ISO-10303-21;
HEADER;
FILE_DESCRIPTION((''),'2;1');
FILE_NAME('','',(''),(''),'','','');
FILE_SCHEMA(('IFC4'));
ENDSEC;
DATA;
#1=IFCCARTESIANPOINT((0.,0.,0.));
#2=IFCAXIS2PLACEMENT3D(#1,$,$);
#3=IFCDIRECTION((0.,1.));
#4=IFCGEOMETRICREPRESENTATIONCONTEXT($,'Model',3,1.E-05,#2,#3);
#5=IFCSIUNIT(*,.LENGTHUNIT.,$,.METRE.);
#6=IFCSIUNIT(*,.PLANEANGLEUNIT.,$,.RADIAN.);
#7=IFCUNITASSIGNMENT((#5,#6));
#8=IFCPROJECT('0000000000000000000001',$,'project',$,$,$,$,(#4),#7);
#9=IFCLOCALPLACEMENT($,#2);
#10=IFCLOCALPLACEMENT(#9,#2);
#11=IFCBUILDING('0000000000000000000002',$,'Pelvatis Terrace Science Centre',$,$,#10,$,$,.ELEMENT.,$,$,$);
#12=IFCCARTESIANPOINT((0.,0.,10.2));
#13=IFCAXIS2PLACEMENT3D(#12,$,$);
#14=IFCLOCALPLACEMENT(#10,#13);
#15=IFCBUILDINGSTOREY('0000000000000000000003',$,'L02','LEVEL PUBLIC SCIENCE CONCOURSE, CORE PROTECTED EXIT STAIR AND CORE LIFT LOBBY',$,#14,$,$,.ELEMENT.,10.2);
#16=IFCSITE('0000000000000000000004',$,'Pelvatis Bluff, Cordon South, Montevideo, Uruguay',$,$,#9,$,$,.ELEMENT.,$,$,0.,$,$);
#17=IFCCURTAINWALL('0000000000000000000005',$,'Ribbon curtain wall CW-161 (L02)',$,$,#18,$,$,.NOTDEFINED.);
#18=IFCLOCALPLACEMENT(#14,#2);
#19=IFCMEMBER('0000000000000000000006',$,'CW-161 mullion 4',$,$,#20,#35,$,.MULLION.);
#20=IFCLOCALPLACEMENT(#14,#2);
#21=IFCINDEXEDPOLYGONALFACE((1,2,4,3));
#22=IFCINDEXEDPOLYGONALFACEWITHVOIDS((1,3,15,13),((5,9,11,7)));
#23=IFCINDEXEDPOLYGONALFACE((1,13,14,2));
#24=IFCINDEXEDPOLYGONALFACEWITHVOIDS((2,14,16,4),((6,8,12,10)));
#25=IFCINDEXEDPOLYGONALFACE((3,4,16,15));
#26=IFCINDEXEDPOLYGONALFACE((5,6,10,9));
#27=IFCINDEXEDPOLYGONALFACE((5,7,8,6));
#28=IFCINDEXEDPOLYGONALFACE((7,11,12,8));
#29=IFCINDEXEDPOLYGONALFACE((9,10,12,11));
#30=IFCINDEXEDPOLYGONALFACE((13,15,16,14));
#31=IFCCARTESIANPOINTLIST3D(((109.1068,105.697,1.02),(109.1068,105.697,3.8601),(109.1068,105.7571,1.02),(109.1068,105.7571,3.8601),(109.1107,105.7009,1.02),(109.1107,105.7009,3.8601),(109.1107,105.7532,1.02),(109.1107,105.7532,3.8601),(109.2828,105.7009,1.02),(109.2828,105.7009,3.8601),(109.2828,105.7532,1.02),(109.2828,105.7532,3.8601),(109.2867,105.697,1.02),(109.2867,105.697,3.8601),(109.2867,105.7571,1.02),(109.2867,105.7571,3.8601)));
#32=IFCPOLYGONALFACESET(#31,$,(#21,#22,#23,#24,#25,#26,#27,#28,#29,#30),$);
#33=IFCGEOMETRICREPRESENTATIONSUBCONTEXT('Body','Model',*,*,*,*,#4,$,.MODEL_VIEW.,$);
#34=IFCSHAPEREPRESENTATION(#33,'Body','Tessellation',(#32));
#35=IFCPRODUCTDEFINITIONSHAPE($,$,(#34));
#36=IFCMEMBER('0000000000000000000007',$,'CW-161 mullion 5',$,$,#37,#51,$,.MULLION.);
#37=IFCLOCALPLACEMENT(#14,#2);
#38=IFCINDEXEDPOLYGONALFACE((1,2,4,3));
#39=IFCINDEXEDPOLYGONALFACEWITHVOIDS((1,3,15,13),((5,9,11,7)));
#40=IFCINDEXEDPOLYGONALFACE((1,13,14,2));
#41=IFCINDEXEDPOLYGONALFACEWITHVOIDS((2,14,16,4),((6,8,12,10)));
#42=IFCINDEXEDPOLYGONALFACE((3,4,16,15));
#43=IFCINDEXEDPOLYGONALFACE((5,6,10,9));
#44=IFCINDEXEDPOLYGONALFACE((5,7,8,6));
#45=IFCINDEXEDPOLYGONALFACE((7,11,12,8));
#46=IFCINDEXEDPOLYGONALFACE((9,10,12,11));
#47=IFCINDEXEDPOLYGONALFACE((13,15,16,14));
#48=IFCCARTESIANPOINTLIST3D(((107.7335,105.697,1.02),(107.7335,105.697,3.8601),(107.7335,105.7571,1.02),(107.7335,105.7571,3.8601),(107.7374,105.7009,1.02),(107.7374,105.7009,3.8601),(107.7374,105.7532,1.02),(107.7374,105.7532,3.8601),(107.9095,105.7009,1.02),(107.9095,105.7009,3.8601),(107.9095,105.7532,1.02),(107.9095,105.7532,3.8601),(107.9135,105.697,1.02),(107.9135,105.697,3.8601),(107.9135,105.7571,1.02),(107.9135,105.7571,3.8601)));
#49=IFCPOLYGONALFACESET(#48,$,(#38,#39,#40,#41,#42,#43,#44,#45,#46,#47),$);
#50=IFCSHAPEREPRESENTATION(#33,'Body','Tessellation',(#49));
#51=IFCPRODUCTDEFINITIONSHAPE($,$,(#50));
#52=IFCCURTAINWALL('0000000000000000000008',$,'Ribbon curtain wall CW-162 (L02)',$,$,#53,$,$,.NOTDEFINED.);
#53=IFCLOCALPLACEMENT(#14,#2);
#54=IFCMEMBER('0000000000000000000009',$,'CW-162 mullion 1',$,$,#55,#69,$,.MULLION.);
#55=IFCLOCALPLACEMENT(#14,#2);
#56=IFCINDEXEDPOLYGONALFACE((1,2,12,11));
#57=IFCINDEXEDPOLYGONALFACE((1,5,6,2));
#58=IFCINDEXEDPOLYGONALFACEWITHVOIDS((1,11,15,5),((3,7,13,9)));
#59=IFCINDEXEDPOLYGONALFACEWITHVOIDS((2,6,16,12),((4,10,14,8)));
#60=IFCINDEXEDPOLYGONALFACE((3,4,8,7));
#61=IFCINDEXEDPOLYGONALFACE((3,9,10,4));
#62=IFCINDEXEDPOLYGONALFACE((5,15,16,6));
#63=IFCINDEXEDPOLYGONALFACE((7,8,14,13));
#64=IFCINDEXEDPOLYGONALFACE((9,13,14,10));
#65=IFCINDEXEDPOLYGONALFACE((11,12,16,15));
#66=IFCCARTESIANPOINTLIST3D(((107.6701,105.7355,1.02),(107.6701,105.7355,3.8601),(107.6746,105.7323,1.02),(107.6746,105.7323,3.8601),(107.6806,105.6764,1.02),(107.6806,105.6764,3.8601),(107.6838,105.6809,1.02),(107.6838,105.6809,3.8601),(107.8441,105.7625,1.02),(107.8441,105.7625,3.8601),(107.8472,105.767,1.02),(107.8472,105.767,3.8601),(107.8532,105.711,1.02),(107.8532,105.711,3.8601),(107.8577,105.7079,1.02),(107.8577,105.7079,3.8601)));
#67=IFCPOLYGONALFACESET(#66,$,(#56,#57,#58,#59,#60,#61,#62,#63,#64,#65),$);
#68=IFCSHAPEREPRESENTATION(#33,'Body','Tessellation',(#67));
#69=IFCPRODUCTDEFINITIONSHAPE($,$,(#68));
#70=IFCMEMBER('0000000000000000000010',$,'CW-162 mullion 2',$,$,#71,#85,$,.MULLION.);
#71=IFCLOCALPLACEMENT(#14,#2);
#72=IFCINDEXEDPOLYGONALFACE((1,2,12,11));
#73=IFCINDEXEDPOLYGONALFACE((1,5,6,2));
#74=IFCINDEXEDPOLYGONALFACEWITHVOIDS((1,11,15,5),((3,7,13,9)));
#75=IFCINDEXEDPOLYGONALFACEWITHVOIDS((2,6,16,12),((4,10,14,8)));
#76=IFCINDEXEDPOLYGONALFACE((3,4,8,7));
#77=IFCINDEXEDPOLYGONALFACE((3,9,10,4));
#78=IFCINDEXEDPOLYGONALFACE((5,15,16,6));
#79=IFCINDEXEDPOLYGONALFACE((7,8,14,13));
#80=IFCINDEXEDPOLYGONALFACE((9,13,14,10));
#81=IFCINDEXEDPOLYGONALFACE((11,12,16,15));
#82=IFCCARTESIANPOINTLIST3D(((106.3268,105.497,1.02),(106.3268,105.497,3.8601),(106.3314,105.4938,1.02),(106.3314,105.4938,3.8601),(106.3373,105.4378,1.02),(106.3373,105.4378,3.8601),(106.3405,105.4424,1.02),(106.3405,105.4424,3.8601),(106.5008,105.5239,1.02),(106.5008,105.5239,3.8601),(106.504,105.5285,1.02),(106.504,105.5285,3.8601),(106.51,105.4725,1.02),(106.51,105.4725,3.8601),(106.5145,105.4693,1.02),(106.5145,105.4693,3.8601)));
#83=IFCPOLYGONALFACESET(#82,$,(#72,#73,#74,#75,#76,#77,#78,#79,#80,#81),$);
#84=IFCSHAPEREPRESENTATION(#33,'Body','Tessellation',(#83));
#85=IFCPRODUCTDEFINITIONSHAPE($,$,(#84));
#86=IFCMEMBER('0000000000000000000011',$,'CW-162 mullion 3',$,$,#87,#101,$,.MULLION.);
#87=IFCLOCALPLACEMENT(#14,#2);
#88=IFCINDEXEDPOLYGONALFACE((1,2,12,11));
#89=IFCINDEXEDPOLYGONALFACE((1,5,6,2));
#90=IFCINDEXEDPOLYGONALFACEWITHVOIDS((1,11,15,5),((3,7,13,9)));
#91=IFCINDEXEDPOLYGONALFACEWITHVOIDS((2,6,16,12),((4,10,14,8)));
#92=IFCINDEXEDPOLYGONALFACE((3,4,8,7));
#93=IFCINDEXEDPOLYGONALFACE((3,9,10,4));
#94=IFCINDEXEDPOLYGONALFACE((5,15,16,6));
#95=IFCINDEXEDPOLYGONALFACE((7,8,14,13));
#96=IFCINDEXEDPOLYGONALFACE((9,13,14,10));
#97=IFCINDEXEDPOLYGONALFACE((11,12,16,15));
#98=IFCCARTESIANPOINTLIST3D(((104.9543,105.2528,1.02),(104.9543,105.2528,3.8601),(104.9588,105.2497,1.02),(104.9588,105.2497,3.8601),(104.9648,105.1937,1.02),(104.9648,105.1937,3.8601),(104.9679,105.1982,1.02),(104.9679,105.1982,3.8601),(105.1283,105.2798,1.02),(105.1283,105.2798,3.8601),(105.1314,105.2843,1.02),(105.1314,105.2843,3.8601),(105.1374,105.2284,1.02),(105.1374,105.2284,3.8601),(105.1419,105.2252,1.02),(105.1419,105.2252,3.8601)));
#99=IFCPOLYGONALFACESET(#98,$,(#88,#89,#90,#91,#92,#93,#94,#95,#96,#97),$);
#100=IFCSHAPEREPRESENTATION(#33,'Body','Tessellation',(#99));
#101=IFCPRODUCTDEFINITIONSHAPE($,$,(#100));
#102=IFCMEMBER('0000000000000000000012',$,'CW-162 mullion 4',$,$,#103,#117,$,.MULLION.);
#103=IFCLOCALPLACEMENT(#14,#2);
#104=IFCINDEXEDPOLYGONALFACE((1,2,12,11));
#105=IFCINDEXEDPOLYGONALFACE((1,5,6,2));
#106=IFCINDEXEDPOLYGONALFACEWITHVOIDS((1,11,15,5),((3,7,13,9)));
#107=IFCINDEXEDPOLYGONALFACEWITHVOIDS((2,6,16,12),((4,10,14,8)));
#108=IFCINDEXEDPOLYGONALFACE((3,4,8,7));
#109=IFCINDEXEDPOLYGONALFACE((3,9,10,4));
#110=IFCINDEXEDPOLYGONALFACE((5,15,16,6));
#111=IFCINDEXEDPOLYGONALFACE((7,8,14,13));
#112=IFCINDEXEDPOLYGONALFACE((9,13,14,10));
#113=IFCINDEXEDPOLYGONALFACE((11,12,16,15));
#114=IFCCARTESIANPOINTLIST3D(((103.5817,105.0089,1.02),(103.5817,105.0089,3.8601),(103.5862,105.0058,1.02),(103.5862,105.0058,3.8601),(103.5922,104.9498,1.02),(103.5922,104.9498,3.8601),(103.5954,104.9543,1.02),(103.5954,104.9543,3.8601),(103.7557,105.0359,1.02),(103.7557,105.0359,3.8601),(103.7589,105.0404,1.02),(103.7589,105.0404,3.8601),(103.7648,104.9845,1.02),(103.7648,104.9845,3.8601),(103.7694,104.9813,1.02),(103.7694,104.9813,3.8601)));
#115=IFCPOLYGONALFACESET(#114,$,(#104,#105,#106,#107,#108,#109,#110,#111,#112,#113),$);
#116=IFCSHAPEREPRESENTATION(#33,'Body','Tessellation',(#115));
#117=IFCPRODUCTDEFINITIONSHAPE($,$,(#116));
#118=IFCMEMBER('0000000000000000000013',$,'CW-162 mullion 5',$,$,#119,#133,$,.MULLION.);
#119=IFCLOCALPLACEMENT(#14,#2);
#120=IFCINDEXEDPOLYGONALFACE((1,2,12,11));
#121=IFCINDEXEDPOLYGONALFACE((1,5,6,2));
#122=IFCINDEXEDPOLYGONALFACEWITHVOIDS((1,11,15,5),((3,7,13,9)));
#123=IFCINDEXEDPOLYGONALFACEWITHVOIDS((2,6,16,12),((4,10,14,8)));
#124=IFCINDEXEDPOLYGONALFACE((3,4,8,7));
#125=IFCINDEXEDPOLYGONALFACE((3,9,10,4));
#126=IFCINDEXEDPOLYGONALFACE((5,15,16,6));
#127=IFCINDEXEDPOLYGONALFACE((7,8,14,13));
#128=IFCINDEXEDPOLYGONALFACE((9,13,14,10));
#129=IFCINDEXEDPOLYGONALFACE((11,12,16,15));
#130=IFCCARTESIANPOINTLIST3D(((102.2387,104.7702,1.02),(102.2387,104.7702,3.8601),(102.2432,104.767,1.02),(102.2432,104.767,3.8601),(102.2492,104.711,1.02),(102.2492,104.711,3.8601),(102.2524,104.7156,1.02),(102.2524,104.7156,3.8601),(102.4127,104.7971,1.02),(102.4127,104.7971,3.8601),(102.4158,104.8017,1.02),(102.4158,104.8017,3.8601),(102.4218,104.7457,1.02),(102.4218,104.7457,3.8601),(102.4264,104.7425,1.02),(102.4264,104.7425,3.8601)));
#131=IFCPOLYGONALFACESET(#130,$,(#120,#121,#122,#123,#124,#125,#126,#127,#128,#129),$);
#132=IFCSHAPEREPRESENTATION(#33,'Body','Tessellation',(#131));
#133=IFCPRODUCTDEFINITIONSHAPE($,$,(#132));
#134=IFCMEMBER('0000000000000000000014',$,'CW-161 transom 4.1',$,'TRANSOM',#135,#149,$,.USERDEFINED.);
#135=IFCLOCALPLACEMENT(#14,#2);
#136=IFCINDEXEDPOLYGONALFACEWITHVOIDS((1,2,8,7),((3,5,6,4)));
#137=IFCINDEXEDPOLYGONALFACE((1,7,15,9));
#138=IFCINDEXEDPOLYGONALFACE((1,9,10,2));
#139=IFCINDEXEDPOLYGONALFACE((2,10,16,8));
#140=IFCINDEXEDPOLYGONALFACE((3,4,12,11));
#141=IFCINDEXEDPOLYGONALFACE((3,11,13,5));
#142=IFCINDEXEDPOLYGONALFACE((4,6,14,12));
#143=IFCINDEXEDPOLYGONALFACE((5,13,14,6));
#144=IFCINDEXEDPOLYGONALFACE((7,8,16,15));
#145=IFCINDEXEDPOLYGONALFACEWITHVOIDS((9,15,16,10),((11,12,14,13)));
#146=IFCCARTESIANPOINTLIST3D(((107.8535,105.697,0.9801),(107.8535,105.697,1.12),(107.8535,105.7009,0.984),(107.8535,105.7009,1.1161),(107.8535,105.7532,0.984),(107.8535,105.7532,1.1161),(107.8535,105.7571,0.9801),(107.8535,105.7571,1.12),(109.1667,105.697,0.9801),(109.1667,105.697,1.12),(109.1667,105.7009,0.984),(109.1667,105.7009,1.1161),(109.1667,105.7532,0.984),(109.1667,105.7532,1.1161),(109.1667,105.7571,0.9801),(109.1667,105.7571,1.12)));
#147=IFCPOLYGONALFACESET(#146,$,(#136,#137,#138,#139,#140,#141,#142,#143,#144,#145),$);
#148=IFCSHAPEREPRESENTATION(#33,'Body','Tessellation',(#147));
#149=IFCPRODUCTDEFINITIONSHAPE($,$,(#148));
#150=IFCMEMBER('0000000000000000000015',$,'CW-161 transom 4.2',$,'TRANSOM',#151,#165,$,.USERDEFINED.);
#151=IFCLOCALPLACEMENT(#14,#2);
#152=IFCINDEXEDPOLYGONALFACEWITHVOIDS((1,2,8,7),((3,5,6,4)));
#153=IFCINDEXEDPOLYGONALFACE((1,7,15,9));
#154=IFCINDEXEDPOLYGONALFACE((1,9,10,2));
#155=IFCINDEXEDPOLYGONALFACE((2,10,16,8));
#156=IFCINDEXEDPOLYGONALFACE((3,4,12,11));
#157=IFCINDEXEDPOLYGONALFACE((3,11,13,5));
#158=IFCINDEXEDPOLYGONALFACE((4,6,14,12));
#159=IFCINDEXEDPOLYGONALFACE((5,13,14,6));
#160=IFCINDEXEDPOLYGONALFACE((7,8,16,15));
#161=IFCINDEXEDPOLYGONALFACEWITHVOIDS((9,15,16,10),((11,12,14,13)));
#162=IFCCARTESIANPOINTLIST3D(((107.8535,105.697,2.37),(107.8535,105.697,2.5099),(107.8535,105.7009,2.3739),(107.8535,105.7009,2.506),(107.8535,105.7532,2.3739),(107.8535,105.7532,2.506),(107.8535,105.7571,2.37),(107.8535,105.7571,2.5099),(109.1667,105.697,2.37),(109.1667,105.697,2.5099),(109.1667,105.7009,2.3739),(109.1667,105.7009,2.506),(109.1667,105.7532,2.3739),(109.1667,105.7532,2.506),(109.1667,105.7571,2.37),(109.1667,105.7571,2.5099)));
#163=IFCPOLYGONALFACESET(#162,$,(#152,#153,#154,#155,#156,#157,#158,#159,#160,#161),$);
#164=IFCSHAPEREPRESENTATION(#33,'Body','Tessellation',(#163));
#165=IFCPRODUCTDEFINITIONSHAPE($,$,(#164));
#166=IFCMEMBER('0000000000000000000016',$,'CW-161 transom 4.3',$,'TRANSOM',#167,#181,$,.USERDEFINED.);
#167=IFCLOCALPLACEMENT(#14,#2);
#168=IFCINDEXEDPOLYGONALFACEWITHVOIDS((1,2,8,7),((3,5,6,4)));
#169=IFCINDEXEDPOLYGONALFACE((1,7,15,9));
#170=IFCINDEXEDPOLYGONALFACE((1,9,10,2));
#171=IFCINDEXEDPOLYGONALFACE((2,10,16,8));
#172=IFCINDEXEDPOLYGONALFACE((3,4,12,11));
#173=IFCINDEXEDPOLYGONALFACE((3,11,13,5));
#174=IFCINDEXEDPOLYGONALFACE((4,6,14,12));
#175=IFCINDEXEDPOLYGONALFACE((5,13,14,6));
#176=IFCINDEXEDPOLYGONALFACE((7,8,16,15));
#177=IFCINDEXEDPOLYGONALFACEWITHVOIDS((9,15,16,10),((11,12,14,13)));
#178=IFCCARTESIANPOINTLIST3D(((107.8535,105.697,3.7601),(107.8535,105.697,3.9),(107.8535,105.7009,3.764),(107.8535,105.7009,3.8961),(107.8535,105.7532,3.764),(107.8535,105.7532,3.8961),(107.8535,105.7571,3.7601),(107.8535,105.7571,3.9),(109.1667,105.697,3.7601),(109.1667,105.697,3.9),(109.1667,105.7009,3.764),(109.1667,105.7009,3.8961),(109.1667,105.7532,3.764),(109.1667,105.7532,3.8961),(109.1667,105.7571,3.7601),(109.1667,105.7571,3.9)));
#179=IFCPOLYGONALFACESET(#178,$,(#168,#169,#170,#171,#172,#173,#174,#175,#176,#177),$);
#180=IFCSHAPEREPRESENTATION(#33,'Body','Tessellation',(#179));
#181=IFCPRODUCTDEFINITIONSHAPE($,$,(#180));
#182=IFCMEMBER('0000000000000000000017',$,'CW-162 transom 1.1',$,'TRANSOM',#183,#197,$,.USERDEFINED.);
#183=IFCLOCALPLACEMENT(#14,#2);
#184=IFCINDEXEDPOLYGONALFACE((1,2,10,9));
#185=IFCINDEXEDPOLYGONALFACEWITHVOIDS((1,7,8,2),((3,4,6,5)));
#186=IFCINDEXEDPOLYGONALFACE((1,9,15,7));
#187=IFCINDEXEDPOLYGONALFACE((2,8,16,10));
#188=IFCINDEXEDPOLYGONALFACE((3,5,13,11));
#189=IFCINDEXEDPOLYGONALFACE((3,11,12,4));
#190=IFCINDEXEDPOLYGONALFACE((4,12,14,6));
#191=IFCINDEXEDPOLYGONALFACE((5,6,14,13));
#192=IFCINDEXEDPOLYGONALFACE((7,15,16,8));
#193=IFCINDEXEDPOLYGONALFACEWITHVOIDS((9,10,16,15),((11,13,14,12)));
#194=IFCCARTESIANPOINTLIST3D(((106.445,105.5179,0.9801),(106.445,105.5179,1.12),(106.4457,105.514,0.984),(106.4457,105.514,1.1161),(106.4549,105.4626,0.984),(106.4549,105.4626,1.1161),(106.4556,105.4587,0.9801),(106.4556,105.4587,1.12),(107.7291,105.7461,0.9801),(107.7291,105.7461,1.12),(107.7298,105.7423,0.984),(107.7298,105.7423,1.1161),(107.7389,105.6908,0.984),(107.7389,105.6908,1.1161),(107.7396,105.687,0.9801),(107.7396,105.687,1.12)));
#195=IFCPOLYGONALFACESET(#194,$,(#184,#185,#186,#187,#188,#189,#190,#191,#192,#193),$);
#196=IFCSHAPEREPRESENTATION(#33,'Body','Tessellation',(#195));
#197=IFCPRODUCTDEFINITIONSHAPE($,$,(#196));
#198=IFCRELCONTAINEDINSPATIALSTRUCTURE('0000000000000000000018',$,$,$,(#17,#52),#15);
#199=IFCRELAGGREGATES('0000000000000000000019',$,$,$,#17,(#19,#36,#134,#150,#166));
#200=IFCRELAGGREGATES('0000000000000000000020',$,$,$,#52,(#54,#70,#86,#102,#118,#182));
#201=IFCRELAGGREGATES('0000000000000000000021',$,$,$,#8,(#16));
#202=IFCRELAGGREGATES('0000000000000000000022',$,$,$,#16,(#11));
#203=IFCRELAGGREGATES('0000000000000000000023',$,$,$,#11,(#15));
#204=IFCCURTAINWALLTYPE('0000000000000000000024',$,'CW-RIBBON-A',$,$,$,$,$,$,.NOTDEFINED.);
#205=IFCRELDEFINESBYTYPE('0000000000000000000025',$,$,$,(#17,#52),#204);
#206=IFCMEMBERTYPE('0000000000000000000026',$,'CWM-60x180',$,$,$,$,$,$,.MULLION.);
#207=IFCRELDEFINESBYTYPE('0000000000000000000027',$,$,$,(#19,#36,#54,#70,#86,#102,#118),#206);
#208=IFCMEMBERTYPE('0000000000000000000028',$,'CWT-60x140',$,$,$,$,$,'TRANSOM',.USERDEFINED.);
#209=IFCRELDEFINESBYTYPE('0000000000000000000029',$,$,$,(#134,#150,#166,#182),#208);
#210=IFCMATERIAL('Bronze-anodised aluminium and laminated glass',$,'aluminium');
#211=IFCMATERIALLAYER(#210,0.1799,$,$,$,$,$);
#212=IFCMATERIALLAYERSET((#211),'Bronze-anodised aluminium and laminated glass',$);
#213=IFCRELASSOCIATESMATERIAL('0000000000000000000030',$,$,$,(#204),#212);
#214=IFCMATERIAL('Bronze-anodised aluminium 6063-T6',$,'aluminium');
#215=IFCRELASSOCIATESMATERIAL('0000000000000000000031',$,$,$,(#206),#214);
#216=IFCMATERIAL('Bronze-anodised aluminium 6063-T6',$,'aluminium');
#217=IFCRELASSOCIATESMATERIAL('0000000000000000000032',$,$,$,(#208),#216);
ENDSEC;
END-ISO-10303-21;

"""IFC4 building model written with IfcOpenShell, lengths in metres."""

from ifc_helpers import new_model, si_unit, direction, frame, origin, origin_2d, place, context, subcontext, project, spatial, hollow_rectangle, extrude, material, layer, layer_set, material_profile, profile_set, type_object, element, aggregate, save


model = new_model("IFC4")

# Units and contexts
model_context = context("Model", 3, precision=1e-05, world=origin(), true_north=direction((0.0, 1.0)))
body_context = subcontext(model_context, "Body", "Model", "MODEL_VIEW")
ifc_project = project(units=[si_unit("LENGTHUNIT", "METRE"), si_unit("PLANEANGLEUNIT", "RADIAN")], contexts=[model_context])

# Site, building, storey
site_placement = place(None, origin())
site = spatial("IfcSite", under=ifc_project, at=site_placement, Name="Pelvatis Bluff, Cordon South, Montevideo, Uruguay", CompositionType="ELEMENT", RefElevation=0.0)
building_placement = place(site_placement, origin())
building = spatial("IfcBuilding", under=site, at=building_placement, Name="Pelvatis Terrace Science Centre", CompositionType="ELEMENT")
storey_placement = place(building_placement, frame((0.0, 0.0, 10.2)))
storey = spatial("IfcBuildingStorey", under=building, at=storey_placement, Name="L02", Description="LEVEL PUBLIC SCIENCE CONCOURSE, CORE PROTECTED EXIT STAIR AND CORE LIFT LOBBY", CompositionType="ELEMENT", Elevation=10.2)

# Curtain walls, members
ifc_material_1 = material(Name="Bronze-anodised aluminium and laminated glass", Category="aluminium")
ifc_layer_1 = layer(ifc_material_1, 0.1799)
ifc_layer_set_1 = layer_set([ifc_layer_1], Name="Bronze-anodised aluminium and laminated glass")
curtain_wall_type = type_object("IfcCurtainWallType", Name="CW-RIBBON-A", PredefinedType="NOTDEFINED", material=ifc_layer_set_1)
curtain_wall_1_placement = place(storey_placement, origin())
curtain_wall_1 = element("IfcCurtainWall", 1, at=curtain_wall_1_placement, inside=storey, type_object=curtain_wall_type, Name="Ribbon curtain wall CW-161 (L02)", PredefinedType="NOTDEFINED")
ifc_material_2 = material(Name="Bronze-anodised aluminium 6063-T6", Category="aluminium")
ifc_material_profile_1 = material_profile(ifc_material_2, hollow_rectangle(XDim=0.0601, YDim=0.1799, WallThickness=0.0039, at=origin_2d()), Name="ALU-MUL 60x180")
ifc_profile_set_1 = profile_set([ifc_material_profile_1], Name="Bronze-anodised aluminium 6063-T6")
member_type_1 = type_object("IfcMemberType", Name="CWM-60x180", PredefinedType="MULLION", material=ifc_profile_set_1)
member_1_placement = place(storey_placement, frame((109.1968, 105.7271, 1.02), z_axis=(0.0, 0.0, 1.0), x_axis=(0.0, -1.0, 0.0)))
member_1 = element("IfcMember", 2, at=member_1_placement, type_object=member_type_1, Name="CW-161 mullion 4", PredefinedType="MULLION", context=body_context, shape_type="SweptSolid", body=[
    extrude(hollow_rectangle(XDim=0.0601, YDim=0.1799, WallThickness=0.0039, at=origin_2d()), origin(), (0.0, 0.0, 1.0), 2.8401),
])
member_2_placement = place(storey_placement, frame((107.8235, 105.7271, 1.02), z_axis=(0.0, 0.0, 1.0), x_axis=(0.0, -1.0, 0.0)))
member_2 = element("IfcMember", 3, at=member_2_placement, type_object=member_type_1, Name="CW-161 mullion 5", PredefinedType="MULLION", context=body_context, shape_type="SweptSolid", body=[
    extrude(hollow_rectangle(XDim=0.0601, YDim=0.1799, WallThickness=0.0039, at=origin_2d()), origin(), (0.0, 0.0, 1.0), 2.8401),
])
curtain_wall_2_placement = place(storey_placement, origin())
curtain_wall_2 = element("IfcCurtainWall", 4, at=curtain_wall_2_placement, inside=storey, type_object=curtain_wall_type, Name="Ribbon curtain wall CW-162 (L02)", PredefinedType="NOTDEFINED")
member_3_placement = place(storey_placement, frame((107.7639, 105.7217, 1.02), z_axis=(0.0, 0.0, 1.0), x_axis=(0.174983, -0.984571, 0.0)))
member_3 = element("IfcMember", 5, at=member_3_placement, type_object=member_type_1, Name="CW-162 mullion 1", PredefinedType="MULLION", context=body_context, shape_type="SweptSolid", body=[
    extrude(hollow_rectangle(XDim=0.0601, YDim=0.1799, WallThickness=0.0039, at=origin_2d()), origin(), (0.0, 0.0, 1.0), 2.8401),
])
member_4_placement = place(storey_placement, frame((106.4207, 105.4832, 1.02), z_axis=(0.0, 0.0, 1.0), x_axis=(0.174983, -0.984571, 0.0)))
member_4 = element("IfcMember", 6, at=member_4_placement, type_object=member_type_1, Name="CW-162 mullion 2", PredefinedType="MULLION", context=body_context, shape_type="SweptSolid", body=[
    extrude(hollow_rectangle(XDim=0.0601, YDim=0.1799, WallThickness=0.0039, at=origin_2d()), origin(), (0.0, 0.0, 1.0), 2.8401),
])
member_5_placement = place(storey_placement, frame((105.0481, 105.239, 1.02), z_axis=(0.0, 0.0, 1.0), x_axis=(0.174983, -0.984571, 0.0)))
member_5 = element("IfcMember", 7, at=member_5_placement, type_object=member_type_1, Name="CW-162 mullion 3", PredefinedType="MULLION", context=body_context, shape_type="SweptSolid", body=[
    extrude(hollow_rectangle(XDim=0.0601, YDim=0.1799, WallThickness=0.0039, at=origin_2d()), origin(), (0.0, 0.0, 1.0), 2.8401),
])
member_6_placement = place(storey_placement, frame((103.6755, 104.9951, 1.02), z_axis=(0.0, 0.0, 1.0), x_axis=(0.174983, -0.984571, 0.0)))
member_6 = element("IfcMember", 8, at=member_6_placement, type_object=member_type_1, Name="CW-162 mullion 4", PredefinedType="MULLION", context=body_context, shape_type="SweptSolid", body=[
    extrude(hollow_rectangle(XDim=0.0601, YDim=0.1799, WallThickness=0.0039, at=origin_2d()), origin(), (0.0, 0.0, 1.0), 2.8401),
])
member_7_placement = place(storey_placement, frame((102.3325, 104.7563, 1.02), z_axis=(0.0, 0.0, 1.0), x_axis=(0.174983, -0.984571, 0.0)))
member_7 = element("IfcMember", 9, at=member_7_placement, type_object=member_type_1, Name="CW-162 mullion 5", PredefinedType="MULLION", context=body_context, shape_type="SweptSolid", body=[
    extrude(hollow_rectangle(XDim=0.0601, YDim=0.1799, WallThickness=0.0039, at=origin_2d()), origin(), (0.0, 0.0, 1.0), 2.8401),
])

# Members
ifc_material_3 = material(Name="Bronze-anodised aluminium 6063-T6", Category="aluminium")
ifc_material_profile_2 = material_profile(ifc_material_3, hollow_rectangle(XDim=0.0601, YDim=0.1399, WallThickness=0.0039, at=origin_2d()), Name="ALU-TRN 60x140")
ifc_profile_set_2 = profile_set([ifc_material_profile_2], Name="Bronze-anodised aluminium 6063-T6")
member_type_2 = type_object("IfcMemberType", Name="CWT-60x140", ElementType="TRANSOM", PredefinedType="USERDEFINED", material=ifc_profile_set_2)
member_8_placement = place(storey_placement, frame((109.1667, 105.7271, 1.05), z_axis=(-1.0, 0.0, 0.0), x_axis=(0.0, -1.0, 0.0)))
member_8 = element("IfcMember", 10, at=member_8_placement, type_object=member_type_2, Name="CW-161 transom 4.1", ObjectType="TRANSOM", PredefinedType="USERDEFINED", context=body_context, shape_type="SweptSolid", body=[
    extrude(hollow_rectangle(XDim=0.0601, YDim=0.1399, WallThickness=0.0039, at=origin_2d()), origin(), (0.0, 0.0, 1.0), 1.3132),
])
member_9_placement = place(storey_placement, frame((109.1667, 105.7271, 2.4399), z_axis=(-1.0, 0.0, 0.0), x_axis=(0.0, -1.0, 0.0)))
member_9 = element("IfcMember", 11, at=member_9_placement, type_object=member_type_2, Name="CW-161 transom 4.2", ObjectType="TRANSOM", PredefinedType="USERDEFINED", context=body_context, shape_type="SweptSolid", body=[
    extrude(hollow_rectangle(XDim=0.0601, YDim=0.1399, WallThickness=0.0039, at=origin_2d()), origin(), (0.0, 0.0, 1.0), 1.3132),
])
member_10_placement = place(storey_placement, frame((109.1667, 105.7271, 3.8301), z_axis=(-1.0, 0.0, 0.0), x_axis=(0.0, -1.0, 0.0)))
member_10 = element("IfcMember", 12, at=member_10_placement, type_object=member_type_2, Name="CW-161 transom 4.3", ObjectType="TRANSOM", PredefinedType="USERDEFINED", context=body_context, shape_type="SweptSolid", body=[
    extrude(hollow_rectangle(XDim=0.0601, YDim=0.1399, WallThickness=0.0039, at=origin_2d()), origin(), (0.0, 0.0, 1.0), 1.3132),
])
member_11_placement = place(storey_placement, frame((107.7344, 105.7166, 1.05), z_axis=(-0.984566, -0.175013, 0.0), x_axis=(0.175013, -0.984566, 0.0)))
member_11 = element("IfcMember", 13, at=member_11_placement, type_object=member_type_2, Name="CW-162 transom 1.1", ObjectType="TRANSOM", PredefinedType="USERDEFINED", context=body_context, shape_type="SweptSolid", body=[
    extrude(hollow_rectangle(XDim=0.0601, YDim=0.1399, WallThickness=0.0039, at=origin_2d()), origin(), (0.0, 0.0, 1.0), 1.3042),
])

aggregate(curtain_wall_1, [member_1, member_2, member_8, member_9, member_10])
aggregate(curtain_wall_2, [member_3, member_4, member_5, member_6, member_7, member_11])

save(model, "model.ifc")
